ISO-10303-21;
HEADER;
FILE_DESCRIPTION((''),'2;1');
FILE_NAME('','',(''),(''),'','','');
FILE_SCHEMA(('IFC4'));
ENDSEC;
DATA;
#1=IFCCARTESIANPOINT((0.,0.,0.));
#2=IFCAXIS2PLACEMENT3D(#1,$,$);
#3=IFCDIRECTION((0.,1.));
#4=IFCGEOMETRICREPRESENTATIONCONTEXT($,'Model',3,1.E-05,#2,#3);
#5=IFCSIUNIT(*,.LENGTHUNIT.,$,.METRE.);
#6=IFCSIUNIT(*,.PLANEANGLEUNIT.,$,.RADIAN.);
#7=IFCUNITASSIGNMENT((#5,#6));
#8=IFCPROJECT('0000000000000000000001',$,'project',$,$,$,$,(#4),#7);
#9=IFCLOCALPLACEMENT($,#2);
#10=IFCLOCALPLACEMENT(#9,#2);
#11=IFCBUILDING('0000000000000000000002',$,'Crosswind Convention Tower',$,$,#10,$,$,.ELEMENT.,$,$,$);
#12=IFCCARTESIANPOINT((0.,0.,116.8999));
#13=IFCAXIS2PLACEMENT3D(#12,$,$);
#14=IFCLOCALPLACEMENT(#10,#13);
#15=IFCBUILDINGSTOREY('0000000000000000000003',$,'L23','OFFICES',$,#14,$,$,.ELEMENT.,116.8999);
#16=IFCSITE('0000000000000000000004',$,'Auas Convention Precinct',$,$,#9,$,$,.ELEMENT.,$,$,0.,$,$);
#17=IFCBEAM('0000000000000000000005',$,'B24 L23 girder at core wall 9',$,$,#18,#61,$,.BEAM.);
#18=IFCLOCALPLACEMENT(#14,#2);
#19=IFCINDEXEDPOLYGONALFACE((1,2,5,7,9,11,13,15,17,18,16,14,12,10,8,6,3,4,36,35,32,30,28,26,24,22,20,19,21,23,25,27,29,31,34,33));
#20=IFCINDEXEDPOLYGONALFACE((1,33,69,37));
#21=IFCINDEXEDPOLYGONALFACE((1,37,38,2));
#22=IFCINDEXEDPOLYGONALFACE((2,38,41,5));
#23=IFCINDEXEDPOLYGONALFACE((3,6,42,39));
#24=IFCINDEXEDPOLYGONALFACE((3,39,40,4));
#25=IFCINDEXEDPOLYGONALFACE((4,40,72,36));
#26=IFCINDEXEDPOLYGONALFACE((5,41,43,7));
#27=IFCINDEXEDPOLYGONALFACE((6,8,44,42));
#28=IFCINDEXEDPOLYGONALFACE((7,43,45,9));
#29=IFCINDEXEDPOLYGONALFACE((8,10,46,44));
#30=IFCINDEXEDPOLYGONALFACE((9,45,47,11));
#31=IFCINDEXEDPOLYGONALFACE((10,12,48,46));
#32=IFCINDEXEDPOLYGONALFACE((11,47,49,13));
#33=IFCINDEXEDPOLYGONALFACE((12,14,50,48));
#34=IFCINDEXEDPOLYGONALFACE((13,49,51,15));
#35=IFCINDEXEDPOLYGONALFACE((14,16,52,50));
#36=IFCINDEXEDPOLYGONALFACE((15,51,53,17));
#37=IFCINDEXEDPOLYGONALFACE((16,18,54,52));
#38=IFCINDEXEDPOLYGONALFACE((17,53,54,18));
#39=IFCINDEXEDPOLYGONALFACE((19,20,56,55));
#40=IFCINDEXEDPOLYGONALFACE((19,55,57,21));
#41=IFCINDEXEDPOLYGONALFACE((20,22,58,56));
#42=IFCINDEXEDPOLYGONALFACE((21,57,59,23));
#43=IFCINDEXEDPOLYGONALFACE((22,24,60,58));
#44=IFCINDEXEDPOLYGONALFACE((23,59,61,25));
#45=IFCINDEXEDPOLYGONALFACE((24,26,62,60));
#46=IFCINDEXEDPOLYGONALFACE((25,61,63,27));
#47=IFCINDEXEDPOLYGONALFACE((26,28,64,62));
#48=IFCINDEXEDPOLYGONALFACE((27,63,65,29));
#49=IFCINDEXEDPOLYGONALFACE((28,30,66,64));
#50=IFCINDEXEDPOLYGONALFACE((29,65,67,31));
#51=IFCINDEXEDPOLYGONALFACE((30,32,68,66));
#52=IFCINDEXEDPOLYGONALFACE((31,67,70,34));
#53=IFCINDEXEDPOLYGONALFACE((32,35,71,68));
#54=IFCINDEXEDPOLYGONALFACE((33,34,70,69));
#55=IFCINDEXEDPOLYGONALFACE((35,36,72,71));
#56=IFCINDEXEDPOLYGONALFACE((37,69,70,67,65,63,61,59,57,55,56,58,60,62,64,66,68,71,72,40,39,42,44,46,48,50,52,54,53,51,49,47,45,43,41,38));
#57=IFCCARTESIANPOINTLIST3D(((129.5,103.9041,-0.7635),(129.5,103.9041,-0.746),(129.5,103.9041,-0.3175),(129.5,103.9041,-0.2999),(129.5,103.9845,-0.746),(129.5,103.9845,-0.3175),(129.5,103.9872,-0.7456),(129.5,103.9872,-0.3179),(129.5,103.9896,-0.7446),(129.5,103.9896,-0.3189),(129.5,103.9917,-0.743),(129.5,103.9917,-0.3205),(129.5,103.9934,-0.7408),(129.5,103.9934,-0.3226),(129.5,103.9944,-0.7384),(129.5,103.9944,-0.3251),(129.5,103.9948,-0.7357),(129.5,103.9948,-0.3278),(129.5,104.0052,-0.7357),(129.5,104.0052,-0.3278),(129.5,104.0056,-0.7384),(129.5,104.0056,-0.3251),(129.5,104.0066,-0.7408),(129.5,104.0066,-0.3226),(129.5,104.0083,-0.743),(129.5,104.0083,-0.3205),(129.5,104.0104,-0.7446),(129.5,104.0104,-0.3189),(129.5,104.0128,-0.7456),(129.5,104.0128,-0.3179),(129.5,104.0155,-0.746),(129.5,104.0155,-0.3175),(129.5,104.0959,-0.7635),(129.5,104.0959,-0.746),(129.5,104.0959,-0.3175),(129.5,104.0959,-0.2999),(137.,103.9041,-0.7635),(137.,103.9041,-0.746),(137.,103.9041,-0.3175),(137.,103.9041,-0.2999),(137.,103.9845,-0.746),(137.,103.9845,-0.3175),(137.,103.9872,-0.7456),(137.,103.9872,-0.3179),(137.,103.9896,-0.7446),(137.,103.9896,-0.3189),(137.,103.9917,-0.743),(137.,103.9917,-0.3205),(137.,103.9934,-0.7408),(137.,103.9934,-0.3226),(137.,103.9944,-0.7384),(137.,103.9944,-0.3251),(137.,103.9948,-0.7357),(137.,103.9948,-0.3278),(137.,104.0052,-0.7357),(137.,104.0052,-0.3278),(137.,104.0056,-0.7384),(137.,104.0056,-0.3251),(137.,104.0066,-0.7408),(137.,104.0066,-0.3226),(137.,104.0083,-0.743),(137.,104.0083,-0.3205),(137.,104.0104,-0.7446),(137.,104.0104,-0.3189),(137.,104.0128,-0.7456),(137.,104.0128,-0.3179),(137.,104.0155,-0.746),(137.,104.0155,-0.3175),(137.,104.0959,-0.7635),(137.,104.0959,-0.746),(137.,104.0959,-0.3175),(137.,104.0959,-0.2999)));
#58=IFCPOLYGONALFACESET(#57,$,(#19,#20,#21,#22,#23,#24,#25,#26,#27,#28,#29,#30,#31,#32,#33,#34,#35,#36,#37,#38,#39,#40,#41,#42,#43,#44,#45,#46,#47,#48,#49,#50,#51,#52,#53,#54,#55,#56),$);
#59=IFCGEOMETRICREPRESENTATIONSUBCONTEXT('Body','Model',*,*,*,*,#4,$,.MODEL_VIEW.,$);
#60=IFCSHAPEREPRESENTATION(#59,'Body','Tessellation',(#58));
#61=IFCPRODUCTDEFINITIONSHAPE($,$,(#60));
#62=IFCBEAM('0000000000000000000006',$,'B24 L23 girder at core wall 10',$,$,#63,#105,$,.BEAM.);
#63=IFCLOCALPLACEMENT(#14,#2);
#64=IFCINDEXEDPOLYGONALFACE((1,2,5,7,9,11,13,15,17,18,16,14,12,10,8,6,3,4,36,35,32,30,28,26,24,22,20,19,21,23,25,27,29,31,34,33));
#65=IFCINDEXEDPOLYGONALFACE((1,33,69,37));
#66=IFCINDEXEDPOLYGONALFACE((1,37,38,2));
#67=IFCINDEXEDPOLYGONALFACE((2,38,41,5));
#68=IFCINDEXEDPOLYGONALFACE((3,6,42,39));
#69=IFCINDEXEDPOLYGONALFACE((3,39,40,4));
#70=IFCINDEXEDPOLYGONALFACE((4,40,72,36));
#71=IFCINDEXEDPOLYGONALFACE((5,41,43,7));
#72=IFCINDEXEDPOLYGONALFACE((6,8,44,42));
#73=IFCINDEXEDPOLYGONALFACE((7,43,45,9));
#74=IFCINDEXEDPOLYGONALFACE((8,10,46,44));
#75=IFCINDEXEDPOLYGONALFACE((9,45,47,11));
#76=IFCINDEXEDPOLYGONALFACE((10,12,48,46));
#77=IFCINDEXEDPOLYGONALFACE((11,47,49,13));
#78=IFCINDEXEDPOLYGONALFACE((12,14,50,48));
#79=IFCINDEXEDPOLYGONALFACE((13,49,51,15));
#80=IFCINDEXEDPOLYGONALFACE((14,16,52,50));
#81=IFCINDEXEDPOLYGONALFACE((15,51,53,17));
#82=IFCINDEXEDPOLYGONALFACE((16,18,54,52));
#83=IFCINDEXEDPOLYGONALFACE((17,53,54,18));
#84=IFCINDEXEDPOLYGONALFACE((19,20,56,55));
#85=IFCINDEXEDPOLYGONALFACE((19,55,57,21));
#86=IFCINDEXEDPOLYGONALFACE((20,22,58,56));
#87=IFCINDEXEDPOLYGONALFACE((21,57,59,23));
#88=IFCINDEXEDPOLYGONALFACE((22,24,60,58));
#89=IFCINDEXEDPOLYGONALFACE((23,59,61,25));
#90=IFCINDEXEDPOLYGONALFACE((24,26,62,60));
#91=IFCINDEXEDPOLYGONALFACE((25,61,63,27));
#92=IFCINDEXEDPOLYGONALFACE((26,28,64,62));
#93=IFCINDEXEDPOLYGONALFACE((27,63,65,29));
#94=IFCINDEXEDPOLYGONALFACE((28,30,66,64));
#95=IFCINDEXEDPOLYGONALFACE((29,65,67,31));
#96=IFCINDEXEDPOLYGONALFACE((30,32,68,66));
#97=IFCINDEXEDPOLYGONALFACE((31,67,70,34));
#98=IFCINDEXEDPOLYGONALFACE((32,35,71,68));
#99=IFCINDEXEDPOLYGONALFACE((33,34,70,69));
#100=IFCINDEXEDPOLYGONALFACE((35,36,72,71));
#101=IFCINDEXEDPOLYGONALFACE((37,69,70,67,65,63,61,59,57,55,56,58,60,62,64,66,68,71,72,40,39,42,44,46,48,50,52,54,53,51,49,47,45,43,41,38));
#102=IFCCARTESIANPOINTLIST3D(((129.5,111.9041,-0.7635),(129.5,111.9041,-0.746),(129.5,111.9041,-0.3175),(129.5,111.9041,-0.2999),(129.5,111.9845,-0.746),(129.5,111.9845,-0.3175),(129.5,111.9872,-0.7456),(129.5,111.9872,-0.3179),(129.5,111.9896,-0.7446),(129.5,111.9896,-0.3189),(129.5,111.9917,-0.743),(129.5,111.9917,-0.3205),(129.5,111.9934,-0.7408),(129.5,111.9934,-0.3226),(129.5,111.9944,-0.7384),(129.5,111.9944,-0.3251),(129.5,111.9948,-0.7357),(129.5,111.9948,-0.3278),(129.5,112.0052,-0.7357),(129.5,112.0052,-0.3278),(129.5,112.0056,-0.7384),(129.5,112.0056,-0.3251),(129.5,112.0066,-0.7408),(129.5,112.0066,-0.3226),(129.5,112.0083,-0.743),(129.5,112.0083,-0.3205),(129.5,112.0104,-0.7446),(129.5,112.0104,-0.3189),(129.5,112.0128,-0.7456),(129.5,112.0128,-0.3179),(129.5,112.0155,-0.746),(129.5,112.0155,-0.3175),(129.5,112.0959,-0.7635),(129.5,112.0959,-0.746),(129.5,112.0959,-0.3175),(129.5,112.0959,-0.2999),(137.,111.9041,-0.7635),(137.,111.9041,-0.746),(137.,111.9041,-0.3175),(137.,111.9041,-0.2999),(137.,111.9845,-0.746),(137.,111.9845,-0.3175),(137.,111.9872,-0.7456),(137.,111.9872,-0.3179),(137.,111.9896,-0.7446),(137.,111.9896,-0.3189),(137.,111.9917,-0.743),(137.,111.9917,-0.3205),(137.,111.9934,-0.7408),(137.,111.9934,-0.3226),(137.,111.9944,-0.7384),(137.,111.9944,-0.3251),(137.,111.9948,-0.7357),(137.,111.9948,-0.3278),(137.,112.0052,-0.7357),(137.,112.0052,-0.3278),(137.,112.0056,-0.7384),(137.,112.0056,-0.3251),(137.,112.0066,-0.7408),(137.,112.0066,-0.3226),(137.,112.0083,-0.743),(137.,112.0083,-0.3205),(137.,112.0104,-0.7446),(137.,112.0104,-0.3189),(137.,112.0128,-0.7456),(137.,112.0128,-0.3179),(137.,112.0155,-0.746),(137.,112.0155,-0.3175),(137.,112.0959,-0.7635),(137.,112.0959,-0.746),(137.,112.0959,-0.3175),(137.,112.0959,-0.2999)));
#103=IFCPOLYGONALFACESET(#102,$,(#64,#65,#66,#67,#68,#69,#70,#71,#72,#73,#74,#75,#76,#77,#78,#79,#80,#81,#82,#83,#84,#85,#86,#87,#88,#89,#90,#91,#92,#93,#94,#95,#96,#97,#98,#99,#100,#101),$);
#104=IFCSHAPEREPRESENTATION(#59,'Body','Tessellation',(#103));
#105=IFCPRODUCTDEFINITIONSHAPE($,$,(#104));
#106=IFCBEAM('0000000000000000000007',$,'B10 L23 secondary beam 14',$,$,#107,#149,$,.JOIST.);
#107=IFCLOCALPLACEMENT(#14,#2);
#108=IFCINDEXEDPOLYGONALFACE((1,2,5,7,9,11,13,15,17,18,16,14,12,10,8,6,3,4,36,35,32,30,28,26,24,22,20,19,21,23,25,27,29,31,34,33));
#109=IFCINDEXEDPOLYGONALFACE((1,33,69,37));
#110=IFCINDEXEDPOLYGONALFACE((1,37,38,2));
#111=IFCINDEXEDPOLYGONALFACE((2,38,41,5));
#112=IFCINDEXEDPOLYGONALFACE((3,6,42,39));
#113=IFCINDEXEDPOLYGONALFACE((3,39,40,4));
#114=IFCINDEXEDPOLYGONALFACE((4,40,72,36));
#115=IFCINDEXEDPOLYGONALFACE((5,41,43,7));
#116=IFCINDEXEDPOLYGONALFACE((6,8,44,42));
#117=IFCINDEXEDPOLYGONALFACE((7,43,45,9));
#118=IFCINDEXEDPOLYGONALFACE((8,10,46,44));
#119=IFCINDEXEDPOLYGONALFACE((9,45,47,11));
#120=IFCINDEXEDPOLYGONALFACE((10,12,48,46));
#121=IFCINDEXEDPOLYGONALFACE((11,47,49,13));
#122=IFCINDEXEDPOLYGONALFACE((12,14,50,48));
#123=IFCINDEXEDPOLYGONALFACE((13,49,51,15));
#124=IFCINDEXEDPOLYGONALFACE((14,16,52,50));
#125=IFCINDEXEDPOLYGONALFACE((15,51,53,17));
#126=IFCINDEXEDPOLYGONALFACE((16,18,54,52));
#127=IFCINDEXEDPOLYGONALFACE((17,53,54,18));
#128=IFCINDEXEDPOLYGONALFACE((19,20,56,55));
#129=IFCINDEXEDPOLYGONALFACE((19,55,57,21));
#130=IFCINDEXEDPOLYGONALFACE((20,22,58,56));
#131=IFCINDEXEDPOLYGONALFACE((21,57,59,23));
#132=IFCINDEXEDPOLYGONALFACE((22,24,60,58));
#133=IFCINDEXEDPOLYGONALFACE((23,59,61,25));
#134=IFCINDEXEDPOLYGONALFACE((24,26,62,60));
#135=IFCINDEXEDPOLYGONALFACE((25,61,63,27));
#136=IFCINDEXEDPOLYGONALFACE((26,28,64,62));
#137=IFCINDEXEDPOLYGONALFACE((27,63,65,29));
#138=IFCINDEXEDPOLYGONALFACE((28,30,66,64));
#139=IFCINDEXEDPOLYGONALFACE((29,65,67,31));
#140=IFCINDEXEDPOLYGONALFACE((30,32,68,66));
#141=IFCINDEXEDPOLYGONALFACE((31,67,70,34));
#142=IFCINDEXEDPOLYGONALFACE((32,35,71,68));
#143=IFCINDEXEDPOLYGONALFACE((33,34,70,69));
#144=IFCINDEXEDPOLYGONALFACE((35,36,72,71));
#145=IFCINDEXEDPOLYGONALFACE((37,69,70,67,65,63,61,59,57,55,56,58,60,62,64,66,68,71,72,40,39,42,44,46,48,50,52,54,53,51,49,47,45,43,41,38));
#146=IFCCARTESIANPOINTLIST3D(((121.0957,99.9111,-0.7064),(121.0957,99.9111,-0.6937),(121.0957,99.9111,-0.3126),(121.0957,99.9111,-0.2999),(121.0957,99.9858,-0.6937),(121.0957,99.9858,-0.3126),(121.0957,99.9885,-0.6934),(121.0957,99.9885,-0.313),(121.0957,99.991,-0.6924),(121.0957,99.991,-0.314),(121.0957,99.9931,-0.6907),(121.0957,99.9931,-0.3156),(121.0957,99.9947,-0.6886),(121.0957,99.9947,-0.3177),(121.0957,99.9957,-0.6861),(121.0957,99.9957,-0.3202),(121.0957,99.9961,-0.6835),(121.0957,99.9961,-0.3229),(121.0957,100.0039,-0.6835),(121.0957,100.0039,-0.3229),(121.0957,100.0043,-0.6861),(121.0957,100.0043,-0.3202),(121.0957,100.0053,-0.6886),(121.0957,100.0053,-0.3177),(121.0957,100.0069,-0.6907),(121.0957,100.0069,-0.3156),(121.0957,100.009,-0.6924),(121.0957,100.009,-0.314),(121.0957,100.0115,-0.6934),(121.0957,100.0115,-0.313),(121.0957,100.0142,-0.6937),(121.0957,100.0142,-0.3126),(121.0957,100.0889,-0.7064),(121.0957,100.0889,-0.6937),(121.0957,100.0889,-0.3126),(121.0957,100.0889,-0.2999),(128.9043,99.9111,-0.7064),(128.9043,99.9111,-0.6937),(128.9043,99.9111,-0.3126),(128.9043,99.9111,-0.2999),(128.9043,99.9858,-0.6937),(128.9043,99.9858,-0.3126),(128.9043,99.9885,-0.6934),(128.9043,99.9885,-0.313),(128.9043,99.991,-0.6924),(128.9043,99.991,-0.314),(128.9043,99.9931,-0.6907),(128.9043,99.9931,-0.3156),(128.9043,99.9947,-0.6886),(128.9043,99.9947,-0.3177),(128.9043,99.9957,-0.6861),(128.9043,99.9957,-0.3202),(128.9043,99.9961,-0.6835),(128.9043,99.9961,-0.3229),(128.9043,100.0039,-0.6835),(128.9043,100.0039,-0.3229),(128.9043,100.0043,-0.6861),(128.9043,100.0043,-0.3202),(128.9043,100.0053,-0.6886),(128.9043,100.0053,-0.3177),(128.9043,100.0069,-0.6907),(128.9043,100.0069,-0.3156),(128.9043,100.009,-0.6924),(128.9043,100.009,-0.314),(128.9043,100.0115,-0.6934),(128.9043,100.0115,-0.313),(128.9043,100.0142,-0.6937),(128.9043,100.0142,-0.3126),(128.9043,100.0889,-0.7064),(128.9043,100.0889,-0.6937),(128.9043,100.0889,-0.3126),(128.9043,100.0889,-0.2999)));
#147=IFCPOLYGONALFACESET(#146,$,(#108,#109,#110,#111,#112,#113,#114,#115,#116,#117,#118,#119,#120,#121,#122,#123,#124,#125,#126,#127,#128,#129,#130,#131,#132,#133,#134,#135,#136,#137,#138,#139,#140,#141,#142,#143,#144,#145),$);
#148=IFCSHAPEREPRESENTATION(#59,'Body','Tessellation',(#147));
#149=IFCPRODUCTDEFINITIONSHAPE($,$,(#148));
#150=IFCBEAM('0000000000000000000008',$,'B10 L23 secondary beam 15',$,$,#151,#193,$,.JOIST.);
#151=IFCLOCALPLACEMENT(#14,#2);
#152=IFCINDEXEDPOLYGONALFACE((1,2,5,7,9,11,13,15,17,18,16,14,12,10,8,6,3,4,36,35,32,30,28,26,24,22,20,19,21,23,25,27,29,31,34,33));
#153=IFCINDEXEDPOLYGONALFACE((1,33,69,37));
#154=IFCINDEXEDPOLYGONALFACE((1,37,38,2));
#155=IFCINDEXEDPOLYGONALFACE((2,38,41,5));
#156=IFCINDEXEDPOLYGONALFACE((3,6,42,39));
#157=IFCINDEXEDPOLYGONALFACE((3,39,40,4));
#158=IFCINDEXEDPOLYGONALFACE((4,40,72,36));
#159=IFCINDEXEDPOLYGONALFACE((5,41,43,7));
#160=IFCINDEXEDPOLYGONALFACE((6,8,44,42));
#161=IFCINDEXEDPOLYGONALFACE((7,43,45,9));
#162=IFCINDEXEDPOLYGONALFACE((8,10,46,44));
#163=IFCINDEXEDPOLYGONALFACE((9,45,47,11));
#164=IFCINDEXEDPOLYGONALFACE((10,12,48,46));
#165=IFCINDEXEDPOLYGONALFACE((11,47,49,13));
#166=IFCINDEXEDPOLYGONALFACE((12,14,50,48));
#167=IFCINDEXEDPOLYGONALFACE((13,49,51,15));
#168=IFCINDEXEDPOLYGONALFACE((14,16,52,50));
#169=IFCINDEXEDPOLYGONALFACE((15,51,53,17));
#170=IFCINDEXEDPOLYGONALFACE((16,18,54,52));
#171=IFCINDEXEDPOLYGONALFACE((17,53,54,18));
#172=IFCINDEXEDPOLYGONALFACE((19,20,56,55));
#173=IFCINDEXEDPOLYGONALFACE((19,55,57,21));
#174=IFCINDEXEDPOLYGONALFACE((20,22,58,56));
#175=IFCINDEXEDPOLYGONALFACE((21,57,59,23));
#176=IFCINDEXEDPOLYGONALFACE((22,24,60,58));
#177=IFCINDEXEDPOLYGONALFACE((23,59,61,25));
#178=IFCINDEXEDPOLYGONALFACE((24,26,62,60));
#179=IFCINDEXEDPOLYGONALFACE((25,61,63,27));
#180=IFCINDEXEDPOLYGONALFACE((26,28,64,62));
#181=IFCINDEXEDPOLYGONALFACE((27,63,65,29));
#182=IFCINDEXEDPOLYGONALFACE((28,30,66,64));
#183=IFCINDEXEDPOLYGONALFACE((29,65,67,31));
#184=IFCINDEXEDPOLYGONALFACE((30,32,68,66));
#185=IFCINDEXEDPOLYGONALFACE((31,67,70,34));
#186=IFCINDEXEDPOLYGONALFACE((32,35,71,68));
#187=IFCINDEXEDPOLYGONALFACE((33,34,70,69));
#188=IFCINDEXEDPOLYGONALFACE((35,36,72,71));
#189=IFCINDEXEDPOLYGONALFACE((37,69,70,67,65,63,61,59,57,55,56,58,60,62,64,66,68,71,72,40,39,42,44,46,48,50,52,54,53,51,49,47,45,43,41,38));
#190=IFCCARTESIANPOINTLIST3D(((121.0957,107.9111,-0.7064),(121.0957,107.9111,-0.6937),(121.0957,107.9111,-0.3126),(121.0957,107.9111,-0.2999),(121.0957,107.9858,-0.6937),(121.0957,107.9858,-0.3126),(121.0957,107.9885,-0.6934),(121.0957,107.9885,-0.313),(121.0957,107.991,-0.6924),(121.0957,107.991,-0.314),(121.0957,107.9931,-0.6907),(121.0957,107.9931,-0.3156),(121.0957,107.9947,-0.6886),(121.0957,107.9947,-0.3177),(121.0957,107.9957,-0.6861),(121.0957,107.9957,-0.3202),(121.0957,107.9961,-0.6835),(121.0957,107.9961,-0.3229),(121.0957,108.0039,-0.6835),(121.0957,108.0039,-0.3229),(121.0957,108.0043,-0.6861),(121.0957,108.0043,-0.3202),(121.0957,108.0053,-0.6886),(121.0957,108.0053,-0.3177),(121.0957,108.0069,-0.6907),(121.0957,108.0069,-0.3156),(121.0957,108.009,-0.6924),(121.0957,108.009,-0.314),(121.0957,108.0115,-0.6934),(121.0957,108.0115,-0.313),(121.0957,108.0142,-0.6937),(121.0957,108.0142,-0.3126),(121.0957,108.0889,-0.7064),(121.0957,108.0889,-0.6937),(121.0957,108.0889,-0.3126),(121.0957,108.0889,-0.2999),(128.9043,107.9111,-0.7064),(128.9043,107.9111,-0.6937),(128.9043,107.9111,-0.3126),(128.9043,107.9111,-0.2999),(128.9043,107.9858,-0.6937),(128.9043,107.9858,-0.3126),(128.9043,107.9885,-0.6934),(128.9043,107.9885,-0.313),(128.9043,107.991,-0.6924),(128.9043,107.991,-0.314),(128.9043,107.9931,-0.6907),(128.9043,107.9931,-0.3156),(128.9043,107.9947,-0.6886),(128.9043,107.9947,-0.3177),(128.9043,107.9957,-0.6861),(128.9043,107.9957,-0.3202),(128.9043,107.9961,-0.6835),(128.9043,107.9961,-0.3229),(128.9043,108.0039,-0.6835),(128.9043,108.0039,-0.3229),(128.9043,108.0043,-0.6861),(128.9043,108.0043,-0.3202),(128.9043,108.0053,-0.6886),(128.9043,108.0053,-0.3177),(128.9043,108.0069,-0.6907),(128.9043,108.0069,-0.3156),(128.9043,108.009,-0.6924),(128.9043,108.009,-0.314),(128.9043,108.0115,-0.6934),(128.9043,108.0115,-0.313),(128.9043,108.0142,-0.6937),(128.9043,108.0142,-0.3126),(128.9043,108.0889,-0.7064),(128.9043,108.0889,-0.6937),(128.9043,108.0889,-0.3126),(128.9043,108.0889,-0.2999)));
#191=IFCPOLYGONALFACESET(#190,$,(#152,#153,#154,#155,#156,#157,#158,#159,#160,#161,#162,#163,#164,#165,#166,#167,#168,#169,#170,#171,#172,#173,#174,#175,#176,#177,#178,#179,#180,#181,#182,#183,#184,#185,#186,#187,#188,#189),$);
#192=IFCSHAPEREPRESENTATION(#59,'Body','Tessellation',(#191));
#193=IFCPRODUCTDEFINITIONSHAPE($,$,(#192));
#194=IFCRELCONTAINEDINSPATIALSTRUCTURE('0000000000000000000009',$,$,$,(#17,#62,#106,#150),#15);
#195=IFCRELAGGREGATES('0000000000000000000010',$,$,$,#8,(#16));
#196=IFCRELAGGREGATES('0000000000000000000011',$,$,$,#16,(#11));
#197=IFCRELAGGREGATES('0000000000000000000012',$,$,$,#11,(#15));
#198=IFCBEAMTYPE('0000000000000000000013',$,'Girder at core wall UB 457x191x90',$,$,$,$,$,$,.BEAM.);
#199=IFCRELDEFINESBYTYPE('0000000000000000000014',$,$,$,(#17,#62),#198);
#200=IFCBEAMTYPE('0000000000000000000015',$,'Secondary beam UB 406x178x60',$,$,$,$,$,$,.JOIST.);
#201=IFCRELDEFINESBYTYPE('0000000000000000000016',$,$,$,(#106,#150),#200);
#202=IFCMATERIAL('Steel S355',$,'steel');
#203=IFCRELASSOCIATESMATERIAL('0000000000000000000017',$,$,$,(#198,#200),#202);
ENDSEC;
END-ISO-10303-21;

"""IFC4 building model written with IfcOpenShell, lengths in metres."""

from ifc_helpers import new_model, si_unit, direction, frame, origin, origin_2d, place, context, subcontext, project, spatial, i_section, extrude, material, material_profile, profile_set, type_object, element, save


model = new_model("IFC4")

# Units and contexts
model_context = context("Model", 3, precision=1e-05, world=origin(), true_north=direction((0.0, 1.0)))
body_context = subcontext(model_context, "Body", "Model", "MODEL_VIEW")
ifc_project = project(units=[si_unit("LENGTHUNIT", "METRE"), si_unit("PLANEANGLEUNIT", "RADIAN")], contexts=[model_context])

# Site, building, storey
site_placement = place(None, origin())
site = spatial("IfcSite", under=ifc_project, at=site_placement, Name="Auas Convention Precinct", CompositionType="ELEMENT", RefElevation=0.0)
building_placement = place(site_placement, origin())
building = spatial("IfcBuilding", under=site, at=building_placement, Name="Crosswind Convention Tower", CompositionType="ELEMENT")
storey_placement = place(building_placement, frame((0.0, 0.0, 116.8999)))
storey = spatial("IfcBuildingStorey", under=building, at=storey_placement, Name="L23", Description="OFFICES", CompositionType="ELEMENT", Elevation=116.8999)

# Beams
ifc_material_1 = material(Name="Steel S355", Category="steel")
ifc_material_profile_1 = material_profile(ifc_material_1, i_section(OverallWidth=0.1919, OverallDepth=0.4636, WebThickness=0.0105, FlangeThickness=0.0176, FilletRadius=0.0103, at=origin_2d()), Name="UB 457x191x90")
ifc_profile_set_1 = profile_set([ifc_material_profile_1], Name="Steel S355")
beam_type_1 = type_object("IfcBeamType", Name="Girder at core wall UB 457x191x90", PredefinedType="BEAM", material=ifc_profile_set_1)
for number, where, z_axis, x_axis, name in (
    (1, (129.5, 104.0, -0.5317), (1.0, 0.0, 0.0), (0.0, 1.0, 0.0), "B24 L23 girder at core wall 9"),
    (2, (129.5, 112.0, -0.5317), (1.0, 0.0, 0.0), (0.0, 1.0, 0.0), "B24 L23 girder at core wall 10"),
):
    element("IfcBeam", number, at=place(storey_placement, frame(where, z_axis=z_axis, x_axis=x_axis)), inside=storey, type_object=beam_type_1, Name=name, PredefinedType="BEAM", context=body_context, shape_type="SweptSolid", body=[
        extrude(i_section(OverallWidth=0.1919, OverallDepth=0.4636, WebThickness=0.0105, FlangeThickness=0.0176, FilletRadius=0.0103, at=origin_2d()), origin(), (0.0, 0.0, 1.0), 7.5),
    ])
ifc_material_profile_2 = material_profile(ifc_material_1, i_section(OverallWidth=0.1777, OverallDepth=0.4065, WebThickness=0.0078, FlangeThickness=0.0127, FilletRadius=0.0103, at=origin_2d()), Name="UB 406x178x60")
ifc_profile_set_2 = profile_set([ifc_material_profile_2], Name="Steel S355")
beam_type_2 = type_object("IfcBeamType", Name="Secondary beam UB 406x178x60", PredefinedType="JOIST", material=ifc_profile_set_2)
for number, where, z_axis, x_axis, name in (
    (3, (121.0957, 100.0, -0.5032), (1.0, 0.0, 0.0), (0.0, 1.0, 0.0), "B10 L23 secondary beam 14"),
    (4, (121.0957, 108.0, -0.5032), (1.0, 0.0, 0.0), (0.0, 1.0, 0.0), "B10 L23 secondary beam 15"),
):
    element("IfcBeam", number, at=place(storey_placement, frame(where, z_axis=z_axis, x_axis=x_axis)), inside=storey, type_object=beam_type_2, Name=name, PredefinedType="JOIST", context=body_context, shape_type="SweptSolid", body=[
        extrude(i_section(OverallWidth=0.1777, OverallDepth=0.4065, WebThickness=0.0078, FlangeThickness=0.0127, FilletRadius=0.0103, at=origin_2d()), origin(), (0.0, 0.0, 1.0), 7.8086),
    ])

save(model, "model.ifc")
